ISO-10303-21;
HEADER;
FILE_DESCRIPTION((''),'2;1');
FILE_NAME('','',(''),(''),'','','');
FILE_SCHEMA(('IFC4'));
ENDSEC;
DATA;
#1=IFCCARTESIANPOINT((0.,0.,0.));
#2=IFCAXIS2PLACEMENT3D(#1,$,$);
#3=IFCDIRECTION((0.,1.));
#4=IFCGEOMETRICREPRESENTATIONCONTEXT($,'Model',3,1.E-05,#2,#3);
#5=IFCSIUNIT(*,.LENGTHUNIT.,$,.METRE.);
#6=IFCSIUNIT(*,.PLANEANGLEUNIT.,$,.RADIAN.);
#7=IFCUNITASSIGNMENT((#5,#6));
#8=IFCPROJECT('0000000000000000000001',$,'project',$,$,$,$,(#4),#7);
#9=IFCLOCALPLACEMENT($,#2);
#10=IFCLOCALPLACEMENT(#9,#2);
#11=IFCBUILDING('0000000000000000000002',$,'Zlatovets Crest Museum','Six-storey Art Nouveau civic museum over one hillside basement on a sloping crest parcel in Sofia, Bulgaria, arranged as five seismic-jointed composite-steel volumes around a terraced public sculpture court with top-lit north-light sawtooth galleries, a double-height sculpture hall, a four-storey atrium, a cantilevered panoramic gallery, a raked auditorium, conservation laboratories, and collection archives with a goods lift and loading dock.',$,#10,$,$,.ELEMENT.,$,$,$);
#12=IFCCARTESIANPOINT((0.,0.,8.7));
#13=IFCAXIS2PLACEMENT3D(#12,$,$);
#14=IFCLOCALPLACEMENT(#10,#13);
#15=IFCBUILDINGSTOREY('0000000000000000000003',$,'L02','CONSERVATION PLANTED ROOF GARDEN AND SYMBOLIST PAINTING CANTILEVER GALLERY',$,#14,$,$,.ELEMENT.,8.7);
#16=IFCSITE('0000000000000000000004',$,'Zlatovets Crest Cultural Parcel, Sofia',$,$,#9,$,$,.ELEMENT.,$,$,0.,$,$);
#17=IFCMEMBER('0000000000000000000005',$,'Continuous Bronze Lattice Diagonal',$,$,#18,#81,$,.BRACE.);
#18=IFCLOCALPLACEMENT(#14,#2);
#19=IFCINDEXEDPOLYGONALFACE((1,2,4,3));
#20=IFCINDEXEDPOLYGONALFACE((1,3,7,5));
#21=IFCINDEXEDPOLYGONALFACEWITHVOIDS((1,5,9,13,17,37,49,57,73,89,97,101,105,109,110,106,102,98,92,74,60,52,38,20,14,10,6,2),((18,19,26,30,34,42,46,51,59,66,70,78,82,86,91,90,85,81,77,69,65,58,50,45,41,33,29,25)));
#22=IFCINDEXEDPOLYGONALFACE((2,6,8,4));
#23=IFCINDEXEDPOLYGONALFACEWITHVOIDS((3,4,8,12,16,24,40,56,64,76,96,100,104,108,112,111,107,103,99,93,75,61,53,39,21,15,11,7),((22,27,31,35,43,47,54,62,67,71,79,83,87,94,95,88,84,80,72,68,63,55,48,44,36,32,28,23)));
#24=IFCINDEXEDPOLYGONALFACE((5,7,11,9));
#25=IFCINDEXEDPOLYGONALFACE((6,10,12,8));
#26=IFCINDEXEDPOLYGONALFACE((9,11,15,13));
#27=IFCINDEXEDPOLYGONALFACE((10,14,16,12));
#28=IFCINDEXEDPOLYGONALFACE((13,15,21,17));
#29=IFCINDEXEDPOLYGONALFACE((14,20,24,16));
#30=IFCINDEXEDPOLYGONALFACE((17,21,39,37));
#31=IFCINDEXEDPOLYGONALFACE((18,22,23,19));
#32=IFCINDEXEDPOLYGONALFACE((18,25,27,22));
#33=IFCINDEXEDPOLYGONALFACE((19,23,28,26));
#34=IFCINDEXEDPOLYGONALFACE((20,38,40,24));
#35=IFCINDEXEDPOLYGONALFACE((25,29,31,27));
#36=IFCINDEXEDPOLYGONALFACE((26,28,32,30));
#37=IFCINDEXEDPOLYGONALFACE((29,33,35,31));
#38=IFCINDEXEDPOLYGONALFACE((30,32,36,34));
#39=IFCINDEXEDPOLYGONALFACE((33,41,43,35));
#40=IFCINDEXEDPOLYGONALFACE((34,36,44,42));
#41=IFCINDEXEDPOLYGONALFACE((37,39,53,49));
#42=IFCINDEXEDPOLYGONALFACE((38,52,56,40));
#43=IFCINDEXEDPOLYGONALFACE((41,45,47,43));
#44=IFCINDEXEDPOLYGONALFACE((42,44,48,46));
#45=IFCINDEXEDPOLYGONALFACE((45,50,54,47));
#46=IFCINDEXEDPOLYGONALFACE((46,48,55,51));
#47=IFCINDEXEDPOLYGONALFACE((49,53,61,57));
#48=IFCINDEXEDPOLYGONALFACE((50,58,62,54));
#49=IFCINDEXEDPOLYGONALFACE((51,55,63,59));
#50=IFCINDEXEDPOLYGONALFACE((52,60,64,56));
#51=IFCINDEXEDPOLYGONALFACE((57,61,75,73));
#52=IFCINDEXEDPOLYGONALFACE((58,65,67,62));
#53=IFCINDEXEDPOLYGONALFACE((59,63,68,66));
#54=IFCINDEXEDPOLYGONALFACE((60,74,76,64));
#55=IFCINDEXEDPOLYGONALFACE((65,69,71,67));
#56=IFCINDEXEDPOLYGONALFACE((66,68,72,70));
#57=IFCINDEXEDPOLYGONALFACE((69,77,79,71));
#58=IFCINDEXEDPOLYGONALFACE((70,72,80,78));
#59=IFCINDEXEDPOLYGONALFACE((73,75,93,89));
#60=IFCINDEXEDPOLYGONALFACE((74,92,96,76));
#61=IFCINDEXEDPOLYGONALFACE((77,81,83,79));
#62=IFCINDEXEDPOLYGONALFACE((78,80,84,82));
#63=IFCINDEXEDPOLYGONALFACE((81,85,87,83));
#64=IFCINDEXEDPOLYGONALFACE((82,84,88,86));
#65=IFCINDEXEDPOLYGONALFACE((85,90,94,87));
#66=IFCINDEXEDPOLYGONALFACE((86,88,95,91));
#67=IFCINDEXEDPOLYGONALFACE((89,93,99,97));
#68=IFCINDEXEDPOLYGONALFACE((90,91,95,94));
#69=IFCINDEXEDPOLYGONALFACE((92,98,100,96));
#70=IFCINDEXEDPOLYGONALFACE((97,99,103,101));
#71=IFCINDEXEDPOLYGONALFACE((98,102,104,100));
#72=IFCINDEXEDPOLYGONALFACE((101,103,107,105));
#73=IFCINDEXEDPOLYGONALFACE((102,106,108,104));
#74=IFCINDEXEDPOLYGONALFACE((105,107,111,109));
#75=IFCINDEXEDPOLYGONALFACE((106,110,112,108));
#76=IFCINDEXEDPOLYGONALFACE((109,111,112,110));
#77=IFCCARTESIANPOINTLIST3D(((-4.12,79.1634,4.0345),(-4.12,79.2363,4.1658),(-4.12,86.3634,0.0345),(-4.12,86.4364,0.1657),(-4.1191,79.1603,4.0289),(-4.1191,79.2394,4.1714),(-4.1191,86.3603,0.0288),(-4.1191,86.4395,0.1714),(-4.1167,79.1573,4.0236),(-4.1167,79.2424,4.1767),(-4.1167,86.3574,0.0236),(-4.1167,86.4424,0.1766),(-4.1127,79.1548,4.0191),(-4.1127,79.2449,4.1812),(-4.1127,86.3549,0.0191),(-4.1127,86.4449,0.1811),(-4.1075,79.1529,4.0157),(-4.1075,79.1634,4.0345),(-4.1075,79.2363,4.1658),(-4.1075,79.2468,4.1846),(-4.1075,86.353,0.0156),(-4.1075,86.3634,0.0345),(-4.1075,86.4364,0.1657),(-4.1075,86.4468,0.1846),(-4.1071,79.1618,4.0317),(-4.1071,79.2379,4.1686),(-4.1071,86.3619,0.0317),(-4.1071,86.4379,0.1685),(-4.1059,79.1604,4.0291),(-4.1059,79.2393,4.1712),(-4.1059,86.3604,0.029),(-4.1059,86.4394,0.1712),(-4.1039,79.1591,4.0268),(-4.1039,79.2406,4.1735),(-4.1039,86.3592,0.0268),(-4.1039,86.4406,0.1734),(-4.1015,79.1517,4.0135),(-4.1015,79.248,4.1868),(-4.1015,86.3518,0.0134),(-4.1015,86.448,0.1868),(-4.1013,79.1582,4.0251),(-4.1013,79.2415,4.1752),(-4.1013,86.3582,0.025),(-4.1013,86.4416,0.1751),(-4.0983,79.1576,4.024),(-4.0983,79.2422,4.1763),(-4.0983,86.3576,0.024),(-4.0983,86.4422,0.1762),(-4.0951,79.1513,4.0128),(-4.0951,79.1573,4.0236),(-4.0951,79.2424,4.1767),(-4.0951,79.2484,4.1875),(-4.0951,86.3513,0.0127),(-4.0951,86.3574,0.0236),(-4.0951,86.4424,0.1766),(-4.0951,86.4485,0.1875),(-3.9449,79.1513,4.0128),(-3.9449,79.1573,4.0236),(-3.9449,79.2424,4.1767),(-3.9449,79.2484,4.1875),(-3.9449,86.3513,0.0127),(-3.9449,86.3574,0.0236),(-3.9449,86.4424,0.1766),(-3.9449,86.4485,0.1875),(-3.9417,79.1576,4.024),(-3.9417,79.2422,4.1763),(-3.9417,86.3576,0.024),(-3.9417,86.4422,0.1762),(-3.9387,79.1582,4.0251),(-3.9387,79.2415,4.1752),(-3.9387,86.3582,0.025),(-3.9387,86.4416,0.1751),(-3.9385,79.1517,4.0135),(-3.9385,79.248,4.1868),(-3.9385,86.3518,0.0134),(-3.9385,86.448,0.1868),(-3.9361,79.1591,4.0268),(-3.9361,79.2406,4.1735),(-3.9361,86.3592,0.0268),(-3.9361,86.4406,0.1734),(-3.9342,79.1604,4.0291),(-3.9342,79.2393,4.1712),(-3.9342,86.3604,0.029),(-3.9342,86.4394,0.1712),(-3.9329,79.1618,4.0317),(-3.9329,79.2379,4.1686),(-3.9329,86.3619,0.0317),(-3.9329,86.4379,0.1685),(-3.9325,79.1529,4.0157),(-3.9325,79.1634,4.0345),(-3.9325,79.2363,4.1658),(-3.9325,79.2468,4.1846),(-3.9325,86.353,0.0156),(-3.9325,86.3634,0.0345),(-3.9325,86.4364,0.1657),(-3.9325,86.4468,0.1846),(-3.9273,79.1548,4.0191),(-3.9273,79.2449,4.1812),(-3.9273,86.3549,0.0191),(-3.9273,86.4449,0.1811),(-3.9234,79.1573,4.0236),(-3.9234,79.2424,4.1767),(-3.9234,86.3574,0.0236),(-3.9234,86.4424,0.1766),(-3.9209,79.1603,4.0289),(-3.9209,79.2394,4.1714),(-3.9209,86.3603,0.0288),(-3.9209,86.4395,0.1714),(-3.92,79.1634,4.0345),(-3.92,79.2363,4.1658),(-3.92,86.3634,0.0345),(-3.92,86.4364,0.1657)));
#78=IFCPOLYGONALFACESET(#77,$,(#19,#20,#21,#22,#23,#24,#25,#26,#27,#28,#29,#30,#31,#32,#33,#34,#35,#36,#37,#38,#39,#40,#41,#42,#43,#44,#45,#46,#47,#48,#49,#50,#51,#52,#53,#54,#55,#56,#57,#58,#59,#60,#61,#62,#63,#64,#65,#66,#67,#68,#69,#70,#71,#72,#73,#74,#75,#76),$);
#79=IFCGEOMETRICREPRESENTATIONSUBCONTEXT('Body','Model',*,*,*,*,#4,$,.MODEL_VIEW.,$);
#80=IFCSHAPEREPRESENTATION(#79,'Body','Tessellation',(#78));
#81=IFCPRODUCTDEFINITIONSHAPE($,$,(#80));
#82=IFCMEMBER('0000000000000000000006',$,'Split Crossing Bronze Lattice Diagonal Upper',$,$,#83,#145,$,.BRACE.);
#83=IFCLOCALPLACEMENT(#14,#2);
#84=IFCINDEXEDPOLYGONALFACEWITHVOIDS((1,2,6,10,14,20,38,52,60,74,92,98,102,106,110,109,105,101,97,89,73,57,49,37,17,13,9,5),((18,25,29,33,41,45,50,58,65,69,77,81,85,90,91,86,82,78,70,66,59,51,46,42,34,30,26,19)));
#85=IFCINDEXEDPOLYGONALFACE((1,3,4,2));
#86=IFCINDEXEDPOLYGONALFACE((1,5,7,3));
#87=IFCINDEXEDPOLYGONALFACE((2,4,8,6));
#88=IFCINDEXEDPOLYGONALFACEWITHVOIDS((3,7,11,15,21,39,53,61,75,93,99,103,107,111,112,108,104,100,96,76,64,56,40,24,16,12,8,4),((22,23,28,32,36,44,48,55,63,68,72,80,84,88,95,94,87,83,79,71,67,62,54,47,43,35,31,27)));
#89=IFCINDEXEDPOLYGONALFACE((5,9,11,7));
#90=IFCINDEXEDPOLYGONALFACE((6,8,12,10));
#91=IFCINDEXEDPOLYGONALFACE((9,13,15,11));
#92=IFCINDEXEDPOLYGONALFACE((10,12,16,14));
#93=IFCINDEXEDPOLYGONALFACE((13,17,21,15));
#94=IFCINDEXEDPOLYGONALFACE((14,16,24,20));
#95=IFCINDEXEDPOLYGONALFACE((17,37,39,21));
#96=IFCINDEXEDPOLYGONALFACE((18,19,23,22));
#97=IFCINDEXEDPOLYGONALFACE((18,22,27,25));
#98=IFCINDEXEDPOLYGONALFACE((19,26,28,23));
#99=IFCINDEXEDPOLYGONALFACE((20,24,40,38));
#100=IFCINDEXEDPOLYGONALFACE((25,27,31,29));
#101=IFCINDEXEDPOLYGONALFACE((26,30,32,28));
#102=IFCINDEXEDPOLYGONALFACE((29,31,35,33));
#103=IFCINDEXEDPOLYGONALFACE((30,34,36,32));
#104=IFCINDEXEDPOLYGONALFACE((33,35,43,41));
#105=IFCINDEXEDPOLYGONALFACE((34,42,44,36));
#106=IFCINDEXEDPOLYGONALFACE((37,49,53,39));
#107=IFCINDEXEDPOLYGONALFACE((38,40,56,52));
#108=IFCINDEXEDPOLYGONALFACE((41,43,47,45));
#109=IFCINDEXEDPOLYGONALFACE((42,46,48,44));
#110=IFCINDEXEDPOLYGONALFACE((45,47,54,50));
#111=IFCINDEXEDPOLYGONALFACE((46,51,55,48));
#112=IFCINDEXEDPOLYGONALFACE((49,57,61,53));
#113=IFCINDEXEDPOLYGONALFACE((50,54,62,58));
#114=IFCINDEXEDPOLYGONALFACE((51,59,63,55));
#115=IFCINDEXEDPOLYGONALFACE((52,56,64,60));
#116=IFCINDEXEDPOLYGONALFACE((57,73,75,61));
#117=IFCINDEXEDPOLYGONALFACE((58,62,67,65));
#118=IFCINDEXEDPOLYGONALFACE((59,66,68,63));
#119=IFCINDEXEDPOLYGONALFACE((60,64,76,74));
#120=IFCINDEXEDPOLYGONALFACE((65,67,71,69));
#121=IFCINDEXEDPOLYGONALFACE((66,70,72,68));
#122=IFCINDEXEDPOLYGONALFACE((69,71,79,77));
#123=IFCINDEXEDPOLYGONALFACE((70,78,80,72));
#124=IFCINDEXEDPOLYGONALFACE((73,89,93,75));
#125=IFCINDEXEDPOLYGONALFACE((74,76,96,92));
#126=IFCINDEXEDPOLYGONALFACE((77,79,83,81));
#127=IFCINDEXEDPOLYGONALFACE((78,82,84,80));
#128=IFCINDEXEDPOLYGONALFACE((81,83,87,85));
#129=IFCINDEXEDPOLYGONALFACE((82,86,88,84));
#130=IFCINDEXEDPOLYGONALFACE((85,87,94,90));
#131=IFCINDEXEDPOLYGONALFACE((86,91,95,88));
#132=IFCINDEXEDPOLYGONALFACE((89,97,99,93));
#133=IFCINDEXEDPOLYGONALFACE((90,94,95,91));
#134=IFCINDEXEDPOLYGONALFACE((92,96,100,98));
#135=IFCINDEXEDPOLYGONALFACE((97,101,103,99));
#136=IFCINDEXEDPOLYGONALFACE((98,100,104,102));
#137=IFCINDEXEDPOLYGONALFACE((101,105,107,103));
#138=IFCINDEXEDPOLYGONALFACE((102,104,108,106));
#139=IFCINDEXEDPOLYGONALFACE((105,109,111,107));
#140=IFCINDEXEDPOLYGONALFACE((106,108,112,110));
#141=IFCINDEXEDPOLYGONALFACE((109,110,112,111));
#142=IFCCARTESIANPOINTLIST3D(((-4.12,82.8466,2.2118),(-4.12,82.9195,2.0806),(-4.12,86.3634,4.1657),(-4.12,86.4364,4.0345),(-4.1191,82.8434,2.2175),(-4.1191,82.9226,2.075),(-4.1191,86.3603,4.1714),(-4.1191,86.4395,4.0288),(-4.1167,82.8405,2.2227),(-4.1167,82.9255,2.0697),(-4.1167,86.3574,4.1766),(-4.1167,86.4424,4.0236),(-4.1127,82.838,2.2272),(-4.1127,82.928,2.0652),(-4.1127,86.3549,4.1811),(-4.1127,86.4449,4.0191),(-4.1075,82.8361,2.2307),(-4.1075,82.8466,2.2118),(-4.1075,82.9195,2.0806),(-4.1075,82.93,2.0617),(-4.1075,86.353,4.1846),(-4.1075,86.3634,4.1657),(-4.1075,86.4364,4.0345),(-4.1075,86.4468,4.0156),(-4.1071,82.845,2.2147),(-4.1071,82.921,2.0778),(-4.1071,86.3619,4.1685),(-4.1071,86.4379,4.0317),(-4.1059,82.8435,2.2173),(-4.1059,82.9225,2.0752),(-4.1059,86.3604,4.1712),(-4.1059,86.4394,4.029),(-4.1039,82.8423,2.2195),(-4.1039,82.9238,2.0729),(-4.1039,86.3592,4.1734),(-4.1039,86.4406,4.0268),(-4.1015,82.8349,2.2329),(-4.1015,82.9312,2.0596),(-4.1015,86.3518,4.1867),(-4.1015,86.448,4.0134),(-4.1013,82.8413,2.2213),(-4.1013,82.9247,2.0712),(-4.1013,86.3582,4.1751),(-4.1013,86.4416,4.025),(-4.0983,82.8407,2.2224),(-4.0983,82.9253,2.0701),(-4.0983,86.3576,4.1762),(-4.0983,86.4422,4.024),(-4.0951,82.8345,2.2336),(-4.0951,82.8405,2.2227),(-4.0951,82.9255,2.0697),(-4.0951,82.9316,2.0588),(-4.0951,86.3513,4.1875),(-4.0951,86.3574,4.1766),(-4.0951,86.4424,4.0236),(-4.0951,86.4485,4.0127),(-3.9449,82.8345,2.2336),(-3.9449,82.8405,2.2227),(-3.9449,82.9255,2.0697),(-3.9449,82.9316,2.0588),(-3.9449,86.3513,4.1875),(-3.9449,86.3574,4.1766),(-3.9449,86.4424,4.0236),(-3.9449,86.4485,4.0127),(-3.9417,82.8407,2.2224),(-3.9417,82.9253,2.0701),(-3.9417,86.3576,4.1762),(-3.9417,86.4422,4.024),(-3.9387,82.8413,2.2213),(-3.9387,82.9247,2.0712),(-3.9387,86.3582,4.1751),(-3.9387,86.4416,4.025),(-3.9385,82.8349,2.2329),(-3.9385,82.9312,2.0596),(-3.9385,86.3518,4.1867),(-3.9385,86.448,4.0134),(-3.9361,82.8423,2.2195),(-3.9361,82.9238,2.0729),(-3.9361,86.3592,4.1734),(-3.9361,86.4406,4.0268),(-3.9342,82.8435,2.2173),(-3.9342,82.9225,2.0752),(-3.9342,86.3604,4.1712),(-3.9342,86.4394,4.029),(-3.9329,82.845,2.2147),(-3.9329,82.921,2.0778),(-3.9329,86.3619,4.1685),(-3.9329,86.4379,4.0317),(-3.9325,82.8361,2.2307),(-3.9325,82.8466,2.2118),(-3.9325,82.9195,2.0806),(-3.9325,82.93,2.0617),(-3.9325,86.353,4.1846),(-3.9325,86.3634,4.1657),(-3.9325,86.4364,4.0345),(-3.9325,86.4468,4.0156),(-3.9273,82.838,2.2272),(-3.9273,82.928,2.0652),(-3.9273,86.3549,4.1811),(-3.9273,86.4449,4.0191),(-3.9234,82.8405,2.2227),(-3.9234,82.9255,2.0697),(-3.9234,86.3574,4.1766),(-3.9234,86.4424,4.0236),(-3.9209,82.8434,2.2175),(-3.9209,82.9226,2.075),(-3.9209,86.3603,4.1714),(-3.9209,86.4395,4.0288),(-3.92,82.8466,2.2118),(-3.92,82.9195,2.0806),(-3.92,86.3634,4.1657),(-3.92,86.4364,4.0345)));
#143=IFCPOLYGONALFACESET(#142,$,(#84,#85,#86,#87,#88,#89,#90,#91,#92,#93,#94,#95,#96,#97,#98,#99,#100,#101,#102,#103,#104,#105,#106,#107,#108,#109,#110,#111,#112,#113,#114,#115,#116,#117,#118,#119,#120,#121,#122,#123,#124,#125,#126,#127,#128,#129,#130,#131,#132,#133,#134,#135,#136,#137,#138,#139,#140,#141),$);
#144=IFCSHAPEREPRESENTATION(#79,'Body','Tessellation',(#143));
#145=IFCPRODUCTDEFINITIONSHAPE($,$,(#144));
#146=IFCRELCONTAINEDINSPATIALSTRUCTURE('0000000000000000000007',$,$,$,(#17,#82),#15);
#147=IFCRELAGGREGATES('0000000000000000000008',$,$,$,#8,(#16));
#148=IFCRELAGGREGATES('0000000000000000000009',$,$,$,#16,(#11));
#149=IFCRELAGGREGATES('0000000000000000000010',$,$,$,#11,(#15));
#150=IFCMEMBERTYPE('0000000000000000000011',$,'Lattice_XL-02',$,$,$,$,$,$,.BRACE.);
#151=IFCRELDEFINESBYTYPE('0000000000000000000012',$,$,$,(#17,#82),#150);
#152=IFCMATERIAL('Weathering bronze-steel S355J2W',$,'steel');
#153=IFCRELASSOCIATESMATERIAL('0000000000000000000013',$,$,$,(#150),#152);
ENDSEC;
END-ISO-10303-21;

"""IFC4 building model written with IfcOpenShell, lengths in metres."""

from ifc_helpers import new_model, si_unit, direction, frame, origin, origin_2d, place, context, subcontext, project, spatial, hollow_rectangle, extrude, material, material_profile, profile_set, type_object, element, save


model = new_model("IFC4")

# Units and contexts
model_context = context("Model", 3, precision=1e-05, world=origin(), true_north=direction((0.0, 1.0)))
body_context = subcontext(model_context, "Body", "Model", "MODEL_VIEW")
ifc_project = project(units=[si_unit("LENGTHUNIT", "METRE"), si_unit("PLANEANGLEUNIT", "RADIAN")], contexts=[model_context])

# Site, building, storey
site_placement = place(None, origin())
site = spatial("IfcSite", under=ifc_project, at=site_placement, Name="Zlatovets Crest Cultural Parcel, Sofia", CompositionType="ELEMENT", RefElevation=0.0)
building_placement = place(site_placement, origin())
building = spatial("IfcBuilding", under=site, at=building_placement, Name="Zlatovets Crest Museum", Description="Six-storey Art Nouveau civic museum over one hillside basement on a sloping crest parcel in Sofia, Bulgaria, arranged as five seismic-jointed composite-steel volumes around a terraced public sculpture court with top-lit north-light sawtooth galleries, a double-height sculpture hall, a four-storey atrium, a cantilevered panoramic gallery, a raked auditorium, conservation laboratories, and collection archives with a goods lift and loading dock.", CompositionType="ELEMENT")
storey_placement = place(building_placement, frame((0.0, 0.0, 8.7)))
storey = spatial("IfcBuildingStorey", under=building, at=storey_placement, Name="L02", Description="CONSERVATION PLANTED ROOF GARDEN AND SYMBOLIST PAINTING CANTILEVER GALLERY", CompositionType="ELEMENT", Elevation=8.7)

# Members
ifc_material_1 = material(Name="Weathering bronze-steel S355J2W", Category="steel")
ifc_material_profile_1 = material_profile(ifc_material_1, hollow_rectangle(XDim=0.2, YDim=0.2, WallThickness=0.0125, InnerFilletRadius=0.0125, OuterFilletRadius=0.0249, at=origin_2d()), Name="SHS 200x200x12.5")
ifc_profile_set_1 = profile_set([ifc_material_profile_1], Name="Weathering bronze-steel S355J2W")
member_type_1 = type_object("IfcMemberType", Name="Lattice_XL-02", PredefinedType="BRACE", material=ifc_profile_set_1)
member_1_placement = place(storey_placement, frame((-4.02, 86.3999, 0.1001), z_axis=(0.0, -0.874156, 0.485645), x_axis=(1.0, 0.0, 0.0)))
element("IfcMember", 1, at=member_1_placement, inside=storey, type_object=member_type_1, Name="Continuous Bronze Lattice Diagonal", PredefinedType="BRACE", context=body_context, shape_type="SweptSolid", body=[
    extrude(hollow_rectangle(XDim=0.2, YDim=0.2, WallThickness=0.0125, InnerFilletRadius=0.0125, OuterFilletRadius=0.0249, at=origin_2d()), origin(), (0.0, 0.0, 1.0), 8.2366),
])
member_2_placement = place(storey_placement, frame((-4.02, 86.3999, 4.1001), z_axis=(0.0, -0.874152, -0.485653), x_axis=(1.0, 0.0, 0.0)))
element("IfcMember", 2, at=member_2_placement, inside=storey, type_object=member_type_1, Name="Split Crossing Bronze Lattice Diagonal Upper", PredefinedType="BRACE", context=body_context, shape_type="SweptSolid", body=[
    extrude(hollow_rectangle(XDim=0.2, YDim=0.2, WallThickness=0.0125, InnerFilletRadius=0.0125, OuterFilletRadius=0.0249, at=origin_2d()), origin(), (0.0, 0.0, 1.0), 4.0232),
])

save(model, "model.ifc")
